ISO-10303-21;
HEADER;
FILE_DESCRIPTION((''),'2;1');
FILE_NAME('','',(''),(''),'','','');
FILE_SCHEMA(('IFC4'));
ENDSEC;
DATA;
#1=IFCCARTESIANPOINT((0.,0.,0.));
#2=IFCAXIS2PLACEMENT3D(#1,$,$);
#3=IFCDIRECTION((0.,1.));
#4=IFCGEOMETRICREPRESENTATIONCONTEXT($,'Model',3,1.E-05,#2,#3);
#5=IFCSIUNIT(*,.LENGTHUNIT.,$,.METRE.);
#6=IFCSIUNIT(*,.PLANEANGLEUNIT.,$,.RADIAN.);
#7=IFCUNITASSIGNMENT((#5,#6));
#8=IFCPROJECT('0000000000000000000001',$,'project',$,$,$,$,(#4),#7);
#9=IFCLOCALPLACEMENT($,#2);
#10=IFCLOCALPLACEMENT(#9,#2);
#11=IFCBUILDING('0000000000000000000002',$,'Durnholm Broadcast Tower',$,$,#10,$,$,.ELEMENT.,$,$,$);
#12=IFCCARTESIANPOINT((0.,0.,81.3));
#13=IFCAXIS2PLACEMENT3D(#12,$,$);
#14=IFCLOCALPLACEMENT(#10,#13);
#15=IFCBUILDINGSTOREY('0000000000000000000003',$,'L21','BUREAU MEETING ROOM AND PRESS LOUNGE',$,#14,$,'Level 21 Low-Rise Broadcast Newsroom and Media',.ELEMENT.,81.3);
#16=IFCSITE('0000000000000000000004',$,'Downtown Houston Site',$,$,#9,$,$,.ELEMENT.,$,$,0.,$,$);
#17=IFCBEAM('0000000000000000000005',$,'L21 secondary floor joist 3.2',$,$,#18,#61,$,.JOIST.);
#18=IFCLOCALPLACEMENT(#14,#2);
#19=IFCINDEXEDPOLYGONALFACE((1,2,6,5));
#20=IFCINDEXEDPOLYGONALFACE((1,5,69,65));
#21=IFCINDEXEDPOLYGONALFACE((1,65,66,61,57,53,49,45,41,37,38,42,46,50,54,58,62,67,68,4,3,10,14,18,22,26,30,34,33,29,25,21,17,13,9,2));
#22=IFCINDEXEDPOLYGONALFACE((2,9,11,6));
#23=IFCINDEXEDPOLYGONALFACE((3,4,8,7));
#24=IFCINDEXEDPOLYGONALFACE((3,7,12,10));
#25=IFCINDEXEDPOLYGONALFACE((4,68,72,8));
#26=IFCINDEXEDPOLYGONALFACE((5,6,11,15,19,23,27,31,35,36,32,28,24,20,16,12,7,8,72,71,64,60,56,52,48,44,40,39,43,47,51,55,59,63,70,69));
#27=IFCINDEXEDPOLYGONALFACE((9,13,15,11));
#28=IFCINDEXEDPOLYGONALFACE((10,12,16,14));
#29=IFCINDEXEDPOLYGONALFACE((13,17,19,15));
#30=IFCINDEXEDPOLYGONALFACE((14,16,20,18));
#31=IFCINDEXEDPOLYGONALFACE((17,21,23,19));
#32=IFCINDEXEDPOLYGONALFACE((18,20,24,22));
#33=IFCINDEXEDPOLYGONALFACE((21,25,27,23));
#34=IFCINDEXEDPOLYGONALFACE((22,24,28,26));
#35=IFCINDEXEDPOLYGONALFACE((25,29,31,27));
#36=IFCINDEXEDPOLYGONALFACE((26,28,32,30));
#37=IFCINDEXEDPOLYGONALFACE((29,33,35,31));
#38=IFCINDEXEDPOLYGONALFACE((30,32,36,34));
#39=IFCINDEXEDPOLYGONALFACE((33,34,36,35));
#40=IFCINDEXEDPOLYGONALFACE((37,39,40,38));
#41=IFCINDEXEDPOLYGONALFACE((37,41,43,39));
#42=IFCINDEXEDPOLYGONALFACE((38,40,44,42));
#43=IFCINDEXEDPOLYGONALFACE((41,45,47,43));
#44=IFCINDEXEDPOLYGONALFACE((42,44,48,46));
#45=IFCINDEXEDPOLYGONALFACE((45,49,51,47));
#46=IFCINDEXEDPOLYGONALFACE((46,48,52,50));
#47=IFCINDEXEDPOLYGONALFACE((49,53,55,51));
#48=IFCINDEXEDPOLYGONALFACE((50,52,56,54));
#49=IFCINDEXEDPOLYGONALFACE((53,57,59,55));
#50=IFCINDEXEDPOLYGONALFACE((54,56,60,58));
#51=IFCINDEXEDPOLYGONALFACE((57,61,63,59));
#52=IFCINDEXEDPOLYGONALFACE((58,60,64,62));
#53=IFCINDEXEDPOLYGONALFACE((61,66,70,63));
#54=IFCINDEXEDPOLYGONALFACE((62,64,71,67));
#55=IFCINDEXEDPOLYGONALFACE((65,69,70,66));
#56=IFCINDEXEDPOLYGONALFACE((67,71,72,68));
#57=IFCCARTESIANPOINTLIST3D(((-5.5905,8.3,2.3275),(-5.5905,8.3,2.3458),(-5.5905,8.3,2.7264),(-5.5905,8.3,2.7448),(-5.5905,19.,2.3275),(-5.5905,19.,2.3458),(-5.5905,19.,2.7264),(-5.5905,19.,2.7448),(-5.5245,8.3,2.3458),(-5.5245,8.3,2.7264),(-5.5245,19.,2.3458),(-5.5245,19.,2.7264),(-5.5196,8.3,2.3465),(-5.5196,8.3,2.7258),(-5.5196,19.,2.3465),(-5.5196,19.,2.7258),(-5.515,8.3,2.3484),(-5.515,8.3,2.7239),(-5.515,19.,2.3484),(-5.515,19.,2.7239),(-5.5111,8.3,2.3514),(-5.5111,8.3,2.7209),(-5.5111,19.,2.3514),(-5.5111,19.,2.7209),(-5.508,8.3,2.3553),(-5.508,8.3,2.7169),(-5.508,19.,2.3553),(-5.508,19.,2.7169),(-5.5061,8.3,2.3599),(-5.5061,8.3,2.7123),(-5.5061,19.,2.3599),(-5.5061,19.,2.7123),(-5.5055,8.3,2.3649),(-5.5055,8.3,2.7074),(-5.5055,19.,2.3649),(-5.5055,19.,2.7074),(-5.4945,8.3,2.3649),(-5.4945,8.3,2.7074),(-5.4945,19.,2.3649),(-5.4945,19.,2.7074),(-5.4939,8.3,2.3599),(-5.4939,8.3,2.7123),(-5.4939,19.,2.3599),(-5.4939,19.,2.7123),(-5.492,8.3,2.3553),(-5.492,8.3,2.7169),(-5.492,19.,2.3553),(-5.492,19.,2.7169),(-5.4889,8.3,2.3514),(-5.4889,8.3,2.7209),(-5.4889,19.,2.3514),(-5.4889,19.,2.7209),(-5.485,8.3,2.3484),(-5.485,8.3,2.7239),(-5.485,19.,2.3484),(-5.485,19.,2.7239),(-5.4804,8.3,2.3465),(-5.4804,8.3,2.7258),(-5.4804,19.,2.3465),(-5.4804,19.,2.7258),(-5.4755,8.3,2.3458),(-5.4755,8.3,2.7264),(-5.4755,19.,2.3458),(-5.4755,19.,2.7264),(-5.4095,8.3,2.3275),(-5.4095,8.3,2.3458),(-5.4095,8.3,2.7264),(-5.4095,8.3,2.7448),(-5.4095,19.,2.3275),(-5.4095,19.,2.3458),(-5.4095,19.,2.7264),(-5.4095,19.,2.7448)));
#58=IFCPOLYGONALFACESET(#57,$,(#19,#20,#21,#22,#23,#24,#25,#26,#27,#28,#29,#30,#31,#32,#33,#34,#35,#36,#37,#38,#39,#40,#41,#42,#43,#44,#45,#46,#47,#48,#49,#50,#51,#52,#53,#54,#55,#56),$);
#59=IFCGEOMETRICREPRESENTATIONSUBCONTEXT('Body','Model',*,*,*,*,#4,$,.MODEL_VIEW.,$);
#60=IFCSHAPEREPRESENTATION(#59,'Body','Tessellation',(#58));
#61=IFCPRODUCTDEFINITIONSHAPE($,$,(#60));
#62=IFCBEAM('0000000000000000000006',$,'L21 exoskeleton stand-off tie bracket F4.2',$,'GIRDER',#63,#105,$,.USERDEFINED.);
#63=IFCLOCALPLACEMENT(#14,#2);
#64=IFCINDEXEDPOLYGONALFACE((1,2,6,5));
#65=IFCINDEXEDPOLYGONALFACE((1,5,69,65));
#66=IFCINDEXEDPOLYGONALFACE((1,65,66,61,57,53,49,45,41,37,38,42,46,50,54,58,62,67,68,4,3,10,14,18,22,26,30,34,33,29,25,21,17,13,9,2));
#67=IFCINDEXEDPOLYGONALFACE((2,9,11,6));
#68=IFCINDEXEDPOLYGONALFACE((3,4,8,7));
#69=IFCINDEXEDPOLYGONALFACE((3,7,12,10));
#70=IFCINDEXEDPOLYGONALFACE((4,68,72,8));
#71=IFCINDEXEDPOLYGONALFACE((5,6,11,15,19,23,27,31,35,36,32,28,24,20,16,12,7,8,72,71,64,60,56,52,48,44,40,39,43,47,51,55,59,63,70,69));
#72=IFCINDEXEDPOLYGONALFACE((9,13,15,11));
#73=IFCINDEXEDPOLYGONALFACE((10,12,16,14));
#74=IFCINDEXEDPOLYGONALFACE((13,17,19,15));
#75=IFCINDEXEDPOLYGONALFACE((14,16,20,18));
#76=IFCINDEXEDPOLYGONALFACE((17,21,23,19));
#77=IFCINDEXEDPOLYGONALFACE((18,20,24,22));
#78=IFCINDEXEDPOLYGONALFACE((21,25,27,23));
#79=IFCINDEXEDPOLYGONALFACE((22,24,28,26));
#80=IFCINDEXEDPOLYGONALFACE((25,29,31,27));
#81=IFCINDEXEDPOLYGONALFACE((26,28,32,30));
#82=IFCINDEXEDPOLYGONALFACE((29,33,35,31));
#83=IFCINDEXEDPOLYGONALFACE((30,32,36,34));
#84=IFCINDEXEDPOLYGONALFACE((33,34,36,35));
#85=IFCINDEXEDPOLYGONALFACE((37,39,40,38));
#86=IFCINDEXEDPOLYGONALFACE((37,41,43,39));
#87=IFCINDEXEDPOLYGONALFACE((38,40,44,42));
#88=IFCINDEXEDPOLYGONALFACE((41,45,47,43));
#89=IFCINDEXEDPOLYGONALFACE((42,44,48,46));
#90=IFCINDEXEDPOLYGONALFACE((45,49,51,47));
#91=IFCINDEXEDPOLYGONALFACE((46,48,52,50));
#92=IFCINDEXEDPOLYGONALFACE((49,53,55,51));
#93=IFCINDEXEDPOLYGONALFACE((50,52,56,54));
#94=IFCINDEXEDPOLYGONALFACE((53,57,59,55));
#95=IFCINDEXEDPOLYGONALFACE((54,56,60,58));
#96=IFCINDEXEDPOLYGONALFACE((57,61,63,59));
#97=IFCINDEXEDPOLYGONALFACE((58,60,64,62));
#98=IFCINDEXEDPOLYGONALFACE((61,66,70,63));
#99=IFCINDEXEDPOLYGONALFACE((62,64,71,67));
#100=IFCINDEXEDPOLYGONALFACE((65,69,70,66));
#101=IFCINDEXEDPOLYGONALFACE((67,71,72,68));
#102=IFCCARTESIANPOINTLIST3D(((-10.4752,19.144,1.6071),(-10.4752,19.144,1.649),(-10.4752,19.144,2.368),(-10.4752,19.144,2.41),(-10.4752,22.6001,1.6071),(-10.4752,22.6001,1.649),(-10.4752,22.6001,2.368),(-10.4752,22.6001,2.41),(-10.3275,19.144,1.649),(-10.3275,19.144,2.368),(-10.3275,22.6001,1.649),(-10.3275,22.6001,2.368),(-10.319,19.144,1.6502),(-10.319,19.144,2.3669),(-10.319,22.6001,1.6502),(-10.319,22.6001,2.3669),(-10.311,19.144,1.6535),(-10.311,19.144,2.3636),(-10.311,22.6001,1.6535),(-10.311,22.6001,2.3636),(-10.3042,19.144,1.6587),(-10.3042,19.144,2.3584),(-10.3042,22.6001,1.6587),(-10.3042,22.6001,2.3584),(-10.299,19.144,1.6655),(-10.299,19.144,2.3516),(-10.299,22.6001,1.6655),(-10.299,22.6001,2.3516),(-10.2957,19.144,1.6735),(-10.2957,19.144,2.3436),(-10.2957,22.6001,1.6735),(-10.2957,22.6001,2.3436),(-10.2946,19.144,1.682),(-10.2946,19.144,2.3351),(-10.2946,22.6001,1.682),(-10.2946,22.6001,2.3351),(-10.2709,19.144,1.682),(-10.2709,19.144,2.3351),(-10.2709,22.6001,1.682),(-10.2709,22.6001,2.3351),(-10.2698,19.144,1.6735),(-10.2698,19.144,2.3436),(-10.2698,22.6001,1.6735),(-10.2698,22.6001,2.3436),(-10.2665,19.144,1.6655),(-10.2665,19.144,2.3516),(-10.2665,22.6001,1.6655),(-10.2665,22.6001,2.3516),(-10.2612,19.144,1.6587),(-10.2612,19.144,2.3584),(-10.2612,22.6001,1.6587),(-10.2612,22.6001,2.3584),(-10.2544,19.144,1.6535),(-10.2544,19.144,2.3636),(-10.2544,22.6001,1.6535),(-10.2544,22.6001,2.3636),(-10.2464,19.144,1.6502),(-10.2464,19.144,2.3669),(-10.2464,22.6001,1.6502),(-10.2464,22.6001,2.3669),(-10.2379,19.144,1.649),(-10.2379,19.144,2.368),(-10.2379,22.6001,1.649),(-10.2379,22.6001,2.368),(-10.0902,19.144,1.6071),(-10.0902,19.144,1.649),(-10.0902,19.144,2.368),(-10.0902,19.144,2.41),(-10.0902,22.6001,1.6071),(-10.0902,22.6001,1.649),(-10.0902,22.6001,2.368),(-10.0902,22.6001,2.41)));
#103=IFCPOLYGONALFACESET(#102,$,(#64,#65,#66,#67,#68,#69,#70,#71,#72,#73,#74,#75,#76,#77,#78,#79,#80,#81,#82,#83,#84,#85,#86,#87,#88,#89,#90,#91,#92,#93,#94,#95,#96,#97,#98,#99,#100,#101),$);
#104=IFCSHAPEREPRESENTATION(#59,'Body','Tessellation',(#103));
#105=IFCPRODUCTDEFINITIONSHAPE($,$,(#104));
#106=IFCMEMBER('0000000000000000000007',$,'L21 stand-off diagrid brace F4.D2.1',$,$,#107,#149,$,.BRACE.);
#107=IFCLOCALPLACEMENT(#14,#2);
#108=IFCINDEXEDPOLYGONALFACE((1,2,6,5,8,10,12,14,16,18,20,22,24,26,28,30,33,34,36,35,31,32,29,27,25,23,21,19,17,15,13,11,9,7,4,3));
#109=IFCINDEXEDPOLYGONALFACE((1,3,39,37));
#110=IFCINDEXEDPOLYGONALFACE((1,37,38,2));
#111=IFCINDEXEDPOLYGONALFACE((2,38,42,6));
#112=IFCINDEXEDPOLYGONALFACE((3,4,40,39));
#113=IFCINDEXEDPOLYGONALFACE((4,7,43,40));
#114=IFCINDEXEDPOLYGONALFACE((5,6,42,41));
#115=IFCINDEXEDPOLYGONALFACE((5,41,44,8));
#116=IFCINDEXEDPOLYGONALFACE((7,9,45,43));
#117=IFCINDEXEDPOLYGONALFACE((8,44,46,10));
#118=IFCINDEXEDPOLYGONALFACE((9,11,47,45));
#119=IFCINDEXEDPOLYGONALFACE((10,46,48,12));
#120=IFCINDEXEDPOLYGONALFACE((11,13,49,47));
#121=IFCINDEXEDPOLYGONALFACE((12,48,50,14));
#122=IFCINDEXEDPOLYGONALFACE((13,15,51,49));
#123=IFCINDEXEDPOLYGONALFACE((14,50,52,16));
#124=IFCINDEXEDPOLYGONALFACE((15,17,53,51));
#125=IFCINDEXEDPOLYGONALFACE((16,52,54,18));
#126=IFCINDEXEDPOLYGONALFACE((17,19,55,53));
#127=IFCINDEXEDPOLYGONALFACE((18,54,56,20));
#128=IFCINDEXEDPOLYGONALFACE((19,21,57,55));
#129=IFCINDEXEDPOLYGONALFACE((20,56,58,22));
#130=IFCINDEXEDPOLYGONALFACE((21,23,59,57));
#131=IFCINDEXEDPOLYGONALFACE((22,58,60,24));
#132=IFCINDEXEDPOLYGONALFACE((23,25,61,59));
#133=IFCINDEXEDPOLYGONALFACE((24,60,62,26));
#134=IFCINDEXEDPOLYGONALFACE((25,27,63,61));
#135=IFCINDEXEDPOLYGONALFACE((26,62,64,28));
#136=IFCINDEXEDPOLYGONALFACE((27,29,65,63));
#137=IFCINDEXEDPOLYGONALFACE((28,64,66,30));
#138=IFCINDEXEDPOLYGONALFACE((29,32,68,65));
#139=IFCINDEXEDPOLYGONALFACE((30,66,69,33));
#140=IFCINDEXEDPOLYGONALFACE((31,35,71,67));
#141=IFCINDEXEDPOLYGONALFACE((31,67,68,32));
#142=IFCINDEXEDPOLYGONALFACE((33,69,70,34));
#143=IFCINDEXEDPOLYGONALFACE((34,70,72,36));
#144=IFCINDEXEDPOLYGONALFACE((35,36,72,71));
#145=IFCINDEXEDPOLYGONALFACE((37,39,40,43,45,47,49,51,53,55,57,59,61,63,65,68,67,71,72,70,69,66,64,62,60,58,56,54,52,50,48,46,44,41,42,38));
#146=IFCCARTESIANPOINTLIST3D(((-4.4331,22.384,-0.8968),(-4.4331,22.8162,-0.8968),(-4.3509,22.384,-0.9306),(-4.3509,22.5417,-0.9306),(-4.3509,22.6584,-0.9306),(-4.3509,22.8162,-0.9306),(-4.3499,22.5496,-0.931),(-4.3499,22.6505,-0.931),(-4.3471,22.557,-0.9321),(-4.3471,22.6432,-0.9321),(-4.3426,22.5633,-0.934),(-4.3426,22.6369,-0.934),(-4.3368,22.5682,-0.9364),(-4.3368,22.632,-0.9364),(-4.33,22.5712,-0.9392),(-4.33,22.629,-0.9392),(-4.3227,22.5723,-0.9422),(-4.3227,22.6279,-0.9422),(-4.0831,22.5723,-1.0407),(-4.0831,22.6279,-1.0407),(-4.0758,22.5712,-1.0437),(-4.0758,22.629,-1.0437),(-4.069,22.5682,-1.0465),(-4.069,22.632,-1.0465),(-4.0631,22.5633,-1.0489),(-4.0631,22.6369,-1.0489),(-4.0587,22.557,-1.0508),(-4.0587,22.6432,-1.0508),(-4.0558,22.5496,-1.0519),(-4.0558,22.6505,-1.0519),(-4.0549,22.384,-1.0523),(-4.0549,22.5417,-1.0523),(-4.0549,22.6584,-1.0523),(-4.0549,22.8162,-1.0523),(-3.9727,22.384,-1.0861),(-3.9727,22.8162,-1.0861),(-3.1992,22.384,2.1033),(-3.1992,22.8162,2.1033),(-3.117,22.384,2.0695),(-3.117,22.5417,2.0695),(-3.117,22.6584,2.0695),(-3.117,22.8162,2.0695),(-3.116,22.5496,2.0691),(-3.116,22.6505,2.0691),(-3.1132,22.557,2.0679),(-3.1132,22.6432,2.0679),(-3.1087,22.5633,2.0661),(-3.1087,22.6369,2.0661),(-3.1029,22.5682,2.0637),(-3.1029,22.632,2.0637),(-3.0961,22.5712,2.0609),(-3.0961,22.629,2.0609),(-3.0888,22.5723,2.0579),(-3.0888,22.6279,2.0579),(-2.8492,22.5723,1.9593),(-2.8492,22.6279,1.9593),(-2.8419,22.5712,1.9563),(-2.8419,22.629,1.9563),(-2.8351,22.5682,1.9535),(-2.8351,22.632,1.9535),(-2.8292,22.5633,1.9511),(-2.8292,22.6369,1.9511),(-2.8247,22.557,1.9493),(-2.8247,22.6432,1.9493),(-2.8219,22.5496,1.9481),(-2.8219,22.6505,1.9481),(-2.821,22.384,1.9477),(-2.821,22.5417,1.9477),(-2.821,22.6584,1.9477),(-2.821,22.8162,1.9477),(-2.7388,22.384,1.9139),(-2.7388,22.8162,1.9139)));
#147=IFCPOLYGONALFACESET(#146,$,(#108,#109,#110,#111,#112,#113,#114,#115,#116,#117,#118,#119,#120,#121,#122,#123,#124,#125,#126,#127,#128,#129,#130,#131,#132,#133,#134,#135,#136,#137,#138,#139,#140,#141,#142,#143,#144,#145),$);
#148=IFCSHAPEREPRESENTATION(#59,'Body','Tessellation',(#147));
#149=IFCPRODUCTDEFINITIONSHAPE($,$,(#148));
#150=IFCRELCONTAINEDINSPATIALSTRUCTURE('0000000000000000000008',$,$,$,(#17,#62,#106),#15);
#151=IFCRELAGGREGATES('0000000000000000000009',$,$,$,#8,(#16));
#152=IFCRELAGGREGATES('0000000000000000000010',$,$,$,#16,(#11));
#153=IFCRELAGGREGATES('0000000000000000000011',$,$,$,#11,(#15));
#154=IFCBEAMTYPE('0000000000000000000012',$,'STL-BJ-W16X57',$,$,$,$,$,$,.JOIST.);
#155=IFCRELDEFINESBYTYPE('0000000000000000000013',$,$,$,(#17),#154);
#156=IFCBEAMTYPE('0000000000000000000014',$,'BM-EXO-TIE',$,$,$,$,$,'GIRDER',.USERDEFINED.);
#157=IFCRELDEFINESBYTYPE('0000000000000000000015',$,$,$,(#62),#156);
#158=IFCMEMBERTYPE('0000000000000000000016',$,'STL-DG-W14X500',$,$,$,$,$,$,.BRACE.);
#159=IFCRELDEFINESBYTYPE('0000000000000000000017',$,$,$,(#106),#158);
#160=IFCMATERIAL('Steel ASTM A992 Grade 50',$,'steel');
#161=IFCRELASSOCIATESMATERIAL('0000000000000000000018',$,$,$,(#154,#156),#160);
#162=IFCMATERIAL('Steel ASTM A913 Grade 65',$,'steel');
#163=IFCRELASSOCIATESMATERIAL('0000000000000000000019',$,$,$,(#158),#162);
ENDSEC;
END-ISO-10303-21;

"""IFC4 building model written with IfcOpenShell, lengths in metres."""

from ifc_helpers import new_model, si_unit, direction, frame, origin, origin_2d, place, context, subcontext, project, spatial, i_section, extrude, source, transform, mapped, material, material_profile, profile_set, type_object, type_shapes, element, save


model = new_model("IFC4")

# Units and contexts
model_context = context("Model", 3, precision=1e-05, world=origin(), true_north=direction((0.0, 1.0)))
body_context = subcontext(model_context, "Body", "Model", "MODEL_VIEW")
ifc_project = project(units=[si_unit("LENGTHUNIT", "METRE"), si_unit("PLANEANGLEUNIT", "RADIAN")], contexts=[model_context])

# Site, building, storey
site_placement = place(None, origin())
site = spatial("IfcSite", under=ifc_project, at=site_placement, Name="Downtown Houston Site", CompositionType="ELEMENT", RefElevation=0.0)
building_placement = place(site_placement, origin())
building = spatial("IfcBuilding", under=site, at=building_placement, Name="Durnholm Broadcast Tower", CompositionType="ELEMENT")
storey_placement = place(building_placement, frame((0.0, 0.0, 81.3)))
storey = spatial("IfcBuildingStorey", under=building, at=storey_placement, Name="L21", Description="BUREAU MEETING ROOM AND PRESS LOUNGE", LongName="Level 21 Low-Rise Broadcast Newsroom and Media", CompositionType="ELEMENT", Elevation=81.3)

# Beams
ifc_material_1 = material(Name="Steel ASTM A992 Grade 50", Category="steel")
ifc_material_profile_1 = material_profile(ifc_material_1, i_section(OverallWidth=0.1809, OverallDepth=0.4172, WebThickness=0.011, FlangeThickness=0.0183, FilletRadius=0.019, at=origin_2d()), Name="W16X57")
ifc_profile_set_1 = profile_set([ifc_material_profile_1], Name="Steel ASTM A992 Grade 50")
beam_type_1 = type_object("IfcBeamType", Name="STL-BJ-W16X57", PredefinedType="JOIST", material=ifc_profile_set_1)
shared_shape_1 = source(origin(), body_context, "Body", "SweptSolid", [
    extrude(i_section(OverallWidth=0.1809, OverallDepth=0.4172, WebThickness=0.011, FlangeThickness=0.0183, FilletRadius=0.019, at=origin_2d()), origin(), (0.0, 0.0, 1.0), 10.7),
])
type_shapes(beam_type_1, [shared_shape_1])
beam_1_placement = place(storey_placement, frame((-5.5, 8.3, 2.5361), z_axis=(0.0, 1.0, 0.0), x_axis=(-1.0, 0.0, 0.0)))
element("IfcBeam", 1, at=beam_1_placement, inside=storey, type_object=beam_type_1, Name="L21 secondary floor joist 3.2", PredefinedType="JOIST", context=body_context, shape_type="MappedRepresentation", body=[
    mapped(shared_shape_1, transform((0.0, 0.0, 0.0), x_axis=(1.0, 0.0, 0.0), y_axis=(0.0, 1.0, 0.0), z_axis=(0.0, 0.0, 1.0), scale=1.0)),
])
ifc_material_profile_2 = material_profile(ifc_material_1, i_section(OverallWidth=0.385, OverallDepth=0.803, WebThickness=0.0237, FlangeThickness=0.042, FilletRadius=0.033, at=origin_2d()), Name="W30X261")
ifc_profile_set_2 = profile_set([ifc_material_profile_2], Name="Steel ASTM A992 Grade 50")
beam_type_2 = type_object("IfcBeamType", Name="BM-EXO-TIE", ElementType="GIRDER", PredefinedType="USERDEFINED", material=ifc_profile_set_2)
shared_shape_2 = source(origin(), body_context, "Body", "SweptSolid", [
    extrude(i_section(OverallWidth=0.385, OverallDepth=0.803, WebThickness=0.0237, FlangeThickness=0.042, FilletRadius=0.033, at=origin_2d()), origin(), (0.0, 0.0, 1.0), 3.4561),
])
type_shapes(beam_type_2, [shared_shape_2])
beam_2_placement = place(storey_placement, frame((-10.2827, 19.144, 2.0085), z_axis=(0.0, 1.0, 0.0), x_axis=(-1.0, 0.0, 0.0)))
element("IfcBeam", 2, at=beam_2_placement, inside=storey, type_object=beam_type_2, Name="L21 exoskeleton stand-off tie bracket F4.2", ObjectType="GIRDER", PredefinedType="USERDEFINED", context=body_context, shape_type="MappedRepresentation", body=[
    mapped(shared_shape_2, transform((0.0, 0.0, 0.0), x_axis=(1.0, 0.0, 0.0), y_axis=(0.0, 1.0, 0.0), z_axis=(0.0, 0.0, 1.0), scale=1.0)),
])

# Member
ifc_material_2 = material(Name="Steel ASTM A913 Grade 65", Category="steel")
ifc_material_profile_3 = material_profile(ifc_material_2, i_section(OverallWidth=0.4321, OverallDepth=0.4978, WebThickness=0.0557, FlangeThickness=0.0889, FilletRadius=0.0305, at=origin_2d()), Name="W14X500")
ifc_profile_set_3 = profile_set([ifc_material_profile_3], Name="Steel ASTM A913 Grade 65")
member_type_1 = type_object("IfcMemberType", Name="STL-DG-W14X500", PredefinedType="BRACE", material=ifc_profile_set_3)
shared_shape_3 = source(origin(), body_context, "Body", "SweptSolid", [
    extrude(i_section(OverallWidth=0.4321, OverallDepth=0.4978, WebThickness=0.0557, FlangeThickness=0.0889, FilletRadius=0.0305, at=origin_2d()), origin(), (0.0, 0.0, 1.0), 3.2439),
])
type_shapes(member_type_1, [shared_shape_3])
for number, where, z_axis, x_axis, name in (
    (3, (-4.2029, 22.6001, -0.9915), (0.380379, 0.0, 0.924831), (0.0, 1.0, 0.0), "L21 stand-off diagrid brace F4.D2.1"),
):
    element("IfcMember", number, at=place(storey_placement, frame(where, z_axis=z_axis, x_axis=x_axis)), inside=storey, type_object=member_type_1, Name=name, PredefinedType="BRACE", context=body_context, shape_type="MappedRepresentation", body=[
        mapped(shared_shape_3, transform((0.0, 0.0, 0.0), x_axis=(1.0, 0.0, 0.0), y_axis=(0.0, 1.0, 0.0), z_axis=(0.0, 0.0, 1.0), scale=1.0)),
    ])

save(model, "model.ifc")
